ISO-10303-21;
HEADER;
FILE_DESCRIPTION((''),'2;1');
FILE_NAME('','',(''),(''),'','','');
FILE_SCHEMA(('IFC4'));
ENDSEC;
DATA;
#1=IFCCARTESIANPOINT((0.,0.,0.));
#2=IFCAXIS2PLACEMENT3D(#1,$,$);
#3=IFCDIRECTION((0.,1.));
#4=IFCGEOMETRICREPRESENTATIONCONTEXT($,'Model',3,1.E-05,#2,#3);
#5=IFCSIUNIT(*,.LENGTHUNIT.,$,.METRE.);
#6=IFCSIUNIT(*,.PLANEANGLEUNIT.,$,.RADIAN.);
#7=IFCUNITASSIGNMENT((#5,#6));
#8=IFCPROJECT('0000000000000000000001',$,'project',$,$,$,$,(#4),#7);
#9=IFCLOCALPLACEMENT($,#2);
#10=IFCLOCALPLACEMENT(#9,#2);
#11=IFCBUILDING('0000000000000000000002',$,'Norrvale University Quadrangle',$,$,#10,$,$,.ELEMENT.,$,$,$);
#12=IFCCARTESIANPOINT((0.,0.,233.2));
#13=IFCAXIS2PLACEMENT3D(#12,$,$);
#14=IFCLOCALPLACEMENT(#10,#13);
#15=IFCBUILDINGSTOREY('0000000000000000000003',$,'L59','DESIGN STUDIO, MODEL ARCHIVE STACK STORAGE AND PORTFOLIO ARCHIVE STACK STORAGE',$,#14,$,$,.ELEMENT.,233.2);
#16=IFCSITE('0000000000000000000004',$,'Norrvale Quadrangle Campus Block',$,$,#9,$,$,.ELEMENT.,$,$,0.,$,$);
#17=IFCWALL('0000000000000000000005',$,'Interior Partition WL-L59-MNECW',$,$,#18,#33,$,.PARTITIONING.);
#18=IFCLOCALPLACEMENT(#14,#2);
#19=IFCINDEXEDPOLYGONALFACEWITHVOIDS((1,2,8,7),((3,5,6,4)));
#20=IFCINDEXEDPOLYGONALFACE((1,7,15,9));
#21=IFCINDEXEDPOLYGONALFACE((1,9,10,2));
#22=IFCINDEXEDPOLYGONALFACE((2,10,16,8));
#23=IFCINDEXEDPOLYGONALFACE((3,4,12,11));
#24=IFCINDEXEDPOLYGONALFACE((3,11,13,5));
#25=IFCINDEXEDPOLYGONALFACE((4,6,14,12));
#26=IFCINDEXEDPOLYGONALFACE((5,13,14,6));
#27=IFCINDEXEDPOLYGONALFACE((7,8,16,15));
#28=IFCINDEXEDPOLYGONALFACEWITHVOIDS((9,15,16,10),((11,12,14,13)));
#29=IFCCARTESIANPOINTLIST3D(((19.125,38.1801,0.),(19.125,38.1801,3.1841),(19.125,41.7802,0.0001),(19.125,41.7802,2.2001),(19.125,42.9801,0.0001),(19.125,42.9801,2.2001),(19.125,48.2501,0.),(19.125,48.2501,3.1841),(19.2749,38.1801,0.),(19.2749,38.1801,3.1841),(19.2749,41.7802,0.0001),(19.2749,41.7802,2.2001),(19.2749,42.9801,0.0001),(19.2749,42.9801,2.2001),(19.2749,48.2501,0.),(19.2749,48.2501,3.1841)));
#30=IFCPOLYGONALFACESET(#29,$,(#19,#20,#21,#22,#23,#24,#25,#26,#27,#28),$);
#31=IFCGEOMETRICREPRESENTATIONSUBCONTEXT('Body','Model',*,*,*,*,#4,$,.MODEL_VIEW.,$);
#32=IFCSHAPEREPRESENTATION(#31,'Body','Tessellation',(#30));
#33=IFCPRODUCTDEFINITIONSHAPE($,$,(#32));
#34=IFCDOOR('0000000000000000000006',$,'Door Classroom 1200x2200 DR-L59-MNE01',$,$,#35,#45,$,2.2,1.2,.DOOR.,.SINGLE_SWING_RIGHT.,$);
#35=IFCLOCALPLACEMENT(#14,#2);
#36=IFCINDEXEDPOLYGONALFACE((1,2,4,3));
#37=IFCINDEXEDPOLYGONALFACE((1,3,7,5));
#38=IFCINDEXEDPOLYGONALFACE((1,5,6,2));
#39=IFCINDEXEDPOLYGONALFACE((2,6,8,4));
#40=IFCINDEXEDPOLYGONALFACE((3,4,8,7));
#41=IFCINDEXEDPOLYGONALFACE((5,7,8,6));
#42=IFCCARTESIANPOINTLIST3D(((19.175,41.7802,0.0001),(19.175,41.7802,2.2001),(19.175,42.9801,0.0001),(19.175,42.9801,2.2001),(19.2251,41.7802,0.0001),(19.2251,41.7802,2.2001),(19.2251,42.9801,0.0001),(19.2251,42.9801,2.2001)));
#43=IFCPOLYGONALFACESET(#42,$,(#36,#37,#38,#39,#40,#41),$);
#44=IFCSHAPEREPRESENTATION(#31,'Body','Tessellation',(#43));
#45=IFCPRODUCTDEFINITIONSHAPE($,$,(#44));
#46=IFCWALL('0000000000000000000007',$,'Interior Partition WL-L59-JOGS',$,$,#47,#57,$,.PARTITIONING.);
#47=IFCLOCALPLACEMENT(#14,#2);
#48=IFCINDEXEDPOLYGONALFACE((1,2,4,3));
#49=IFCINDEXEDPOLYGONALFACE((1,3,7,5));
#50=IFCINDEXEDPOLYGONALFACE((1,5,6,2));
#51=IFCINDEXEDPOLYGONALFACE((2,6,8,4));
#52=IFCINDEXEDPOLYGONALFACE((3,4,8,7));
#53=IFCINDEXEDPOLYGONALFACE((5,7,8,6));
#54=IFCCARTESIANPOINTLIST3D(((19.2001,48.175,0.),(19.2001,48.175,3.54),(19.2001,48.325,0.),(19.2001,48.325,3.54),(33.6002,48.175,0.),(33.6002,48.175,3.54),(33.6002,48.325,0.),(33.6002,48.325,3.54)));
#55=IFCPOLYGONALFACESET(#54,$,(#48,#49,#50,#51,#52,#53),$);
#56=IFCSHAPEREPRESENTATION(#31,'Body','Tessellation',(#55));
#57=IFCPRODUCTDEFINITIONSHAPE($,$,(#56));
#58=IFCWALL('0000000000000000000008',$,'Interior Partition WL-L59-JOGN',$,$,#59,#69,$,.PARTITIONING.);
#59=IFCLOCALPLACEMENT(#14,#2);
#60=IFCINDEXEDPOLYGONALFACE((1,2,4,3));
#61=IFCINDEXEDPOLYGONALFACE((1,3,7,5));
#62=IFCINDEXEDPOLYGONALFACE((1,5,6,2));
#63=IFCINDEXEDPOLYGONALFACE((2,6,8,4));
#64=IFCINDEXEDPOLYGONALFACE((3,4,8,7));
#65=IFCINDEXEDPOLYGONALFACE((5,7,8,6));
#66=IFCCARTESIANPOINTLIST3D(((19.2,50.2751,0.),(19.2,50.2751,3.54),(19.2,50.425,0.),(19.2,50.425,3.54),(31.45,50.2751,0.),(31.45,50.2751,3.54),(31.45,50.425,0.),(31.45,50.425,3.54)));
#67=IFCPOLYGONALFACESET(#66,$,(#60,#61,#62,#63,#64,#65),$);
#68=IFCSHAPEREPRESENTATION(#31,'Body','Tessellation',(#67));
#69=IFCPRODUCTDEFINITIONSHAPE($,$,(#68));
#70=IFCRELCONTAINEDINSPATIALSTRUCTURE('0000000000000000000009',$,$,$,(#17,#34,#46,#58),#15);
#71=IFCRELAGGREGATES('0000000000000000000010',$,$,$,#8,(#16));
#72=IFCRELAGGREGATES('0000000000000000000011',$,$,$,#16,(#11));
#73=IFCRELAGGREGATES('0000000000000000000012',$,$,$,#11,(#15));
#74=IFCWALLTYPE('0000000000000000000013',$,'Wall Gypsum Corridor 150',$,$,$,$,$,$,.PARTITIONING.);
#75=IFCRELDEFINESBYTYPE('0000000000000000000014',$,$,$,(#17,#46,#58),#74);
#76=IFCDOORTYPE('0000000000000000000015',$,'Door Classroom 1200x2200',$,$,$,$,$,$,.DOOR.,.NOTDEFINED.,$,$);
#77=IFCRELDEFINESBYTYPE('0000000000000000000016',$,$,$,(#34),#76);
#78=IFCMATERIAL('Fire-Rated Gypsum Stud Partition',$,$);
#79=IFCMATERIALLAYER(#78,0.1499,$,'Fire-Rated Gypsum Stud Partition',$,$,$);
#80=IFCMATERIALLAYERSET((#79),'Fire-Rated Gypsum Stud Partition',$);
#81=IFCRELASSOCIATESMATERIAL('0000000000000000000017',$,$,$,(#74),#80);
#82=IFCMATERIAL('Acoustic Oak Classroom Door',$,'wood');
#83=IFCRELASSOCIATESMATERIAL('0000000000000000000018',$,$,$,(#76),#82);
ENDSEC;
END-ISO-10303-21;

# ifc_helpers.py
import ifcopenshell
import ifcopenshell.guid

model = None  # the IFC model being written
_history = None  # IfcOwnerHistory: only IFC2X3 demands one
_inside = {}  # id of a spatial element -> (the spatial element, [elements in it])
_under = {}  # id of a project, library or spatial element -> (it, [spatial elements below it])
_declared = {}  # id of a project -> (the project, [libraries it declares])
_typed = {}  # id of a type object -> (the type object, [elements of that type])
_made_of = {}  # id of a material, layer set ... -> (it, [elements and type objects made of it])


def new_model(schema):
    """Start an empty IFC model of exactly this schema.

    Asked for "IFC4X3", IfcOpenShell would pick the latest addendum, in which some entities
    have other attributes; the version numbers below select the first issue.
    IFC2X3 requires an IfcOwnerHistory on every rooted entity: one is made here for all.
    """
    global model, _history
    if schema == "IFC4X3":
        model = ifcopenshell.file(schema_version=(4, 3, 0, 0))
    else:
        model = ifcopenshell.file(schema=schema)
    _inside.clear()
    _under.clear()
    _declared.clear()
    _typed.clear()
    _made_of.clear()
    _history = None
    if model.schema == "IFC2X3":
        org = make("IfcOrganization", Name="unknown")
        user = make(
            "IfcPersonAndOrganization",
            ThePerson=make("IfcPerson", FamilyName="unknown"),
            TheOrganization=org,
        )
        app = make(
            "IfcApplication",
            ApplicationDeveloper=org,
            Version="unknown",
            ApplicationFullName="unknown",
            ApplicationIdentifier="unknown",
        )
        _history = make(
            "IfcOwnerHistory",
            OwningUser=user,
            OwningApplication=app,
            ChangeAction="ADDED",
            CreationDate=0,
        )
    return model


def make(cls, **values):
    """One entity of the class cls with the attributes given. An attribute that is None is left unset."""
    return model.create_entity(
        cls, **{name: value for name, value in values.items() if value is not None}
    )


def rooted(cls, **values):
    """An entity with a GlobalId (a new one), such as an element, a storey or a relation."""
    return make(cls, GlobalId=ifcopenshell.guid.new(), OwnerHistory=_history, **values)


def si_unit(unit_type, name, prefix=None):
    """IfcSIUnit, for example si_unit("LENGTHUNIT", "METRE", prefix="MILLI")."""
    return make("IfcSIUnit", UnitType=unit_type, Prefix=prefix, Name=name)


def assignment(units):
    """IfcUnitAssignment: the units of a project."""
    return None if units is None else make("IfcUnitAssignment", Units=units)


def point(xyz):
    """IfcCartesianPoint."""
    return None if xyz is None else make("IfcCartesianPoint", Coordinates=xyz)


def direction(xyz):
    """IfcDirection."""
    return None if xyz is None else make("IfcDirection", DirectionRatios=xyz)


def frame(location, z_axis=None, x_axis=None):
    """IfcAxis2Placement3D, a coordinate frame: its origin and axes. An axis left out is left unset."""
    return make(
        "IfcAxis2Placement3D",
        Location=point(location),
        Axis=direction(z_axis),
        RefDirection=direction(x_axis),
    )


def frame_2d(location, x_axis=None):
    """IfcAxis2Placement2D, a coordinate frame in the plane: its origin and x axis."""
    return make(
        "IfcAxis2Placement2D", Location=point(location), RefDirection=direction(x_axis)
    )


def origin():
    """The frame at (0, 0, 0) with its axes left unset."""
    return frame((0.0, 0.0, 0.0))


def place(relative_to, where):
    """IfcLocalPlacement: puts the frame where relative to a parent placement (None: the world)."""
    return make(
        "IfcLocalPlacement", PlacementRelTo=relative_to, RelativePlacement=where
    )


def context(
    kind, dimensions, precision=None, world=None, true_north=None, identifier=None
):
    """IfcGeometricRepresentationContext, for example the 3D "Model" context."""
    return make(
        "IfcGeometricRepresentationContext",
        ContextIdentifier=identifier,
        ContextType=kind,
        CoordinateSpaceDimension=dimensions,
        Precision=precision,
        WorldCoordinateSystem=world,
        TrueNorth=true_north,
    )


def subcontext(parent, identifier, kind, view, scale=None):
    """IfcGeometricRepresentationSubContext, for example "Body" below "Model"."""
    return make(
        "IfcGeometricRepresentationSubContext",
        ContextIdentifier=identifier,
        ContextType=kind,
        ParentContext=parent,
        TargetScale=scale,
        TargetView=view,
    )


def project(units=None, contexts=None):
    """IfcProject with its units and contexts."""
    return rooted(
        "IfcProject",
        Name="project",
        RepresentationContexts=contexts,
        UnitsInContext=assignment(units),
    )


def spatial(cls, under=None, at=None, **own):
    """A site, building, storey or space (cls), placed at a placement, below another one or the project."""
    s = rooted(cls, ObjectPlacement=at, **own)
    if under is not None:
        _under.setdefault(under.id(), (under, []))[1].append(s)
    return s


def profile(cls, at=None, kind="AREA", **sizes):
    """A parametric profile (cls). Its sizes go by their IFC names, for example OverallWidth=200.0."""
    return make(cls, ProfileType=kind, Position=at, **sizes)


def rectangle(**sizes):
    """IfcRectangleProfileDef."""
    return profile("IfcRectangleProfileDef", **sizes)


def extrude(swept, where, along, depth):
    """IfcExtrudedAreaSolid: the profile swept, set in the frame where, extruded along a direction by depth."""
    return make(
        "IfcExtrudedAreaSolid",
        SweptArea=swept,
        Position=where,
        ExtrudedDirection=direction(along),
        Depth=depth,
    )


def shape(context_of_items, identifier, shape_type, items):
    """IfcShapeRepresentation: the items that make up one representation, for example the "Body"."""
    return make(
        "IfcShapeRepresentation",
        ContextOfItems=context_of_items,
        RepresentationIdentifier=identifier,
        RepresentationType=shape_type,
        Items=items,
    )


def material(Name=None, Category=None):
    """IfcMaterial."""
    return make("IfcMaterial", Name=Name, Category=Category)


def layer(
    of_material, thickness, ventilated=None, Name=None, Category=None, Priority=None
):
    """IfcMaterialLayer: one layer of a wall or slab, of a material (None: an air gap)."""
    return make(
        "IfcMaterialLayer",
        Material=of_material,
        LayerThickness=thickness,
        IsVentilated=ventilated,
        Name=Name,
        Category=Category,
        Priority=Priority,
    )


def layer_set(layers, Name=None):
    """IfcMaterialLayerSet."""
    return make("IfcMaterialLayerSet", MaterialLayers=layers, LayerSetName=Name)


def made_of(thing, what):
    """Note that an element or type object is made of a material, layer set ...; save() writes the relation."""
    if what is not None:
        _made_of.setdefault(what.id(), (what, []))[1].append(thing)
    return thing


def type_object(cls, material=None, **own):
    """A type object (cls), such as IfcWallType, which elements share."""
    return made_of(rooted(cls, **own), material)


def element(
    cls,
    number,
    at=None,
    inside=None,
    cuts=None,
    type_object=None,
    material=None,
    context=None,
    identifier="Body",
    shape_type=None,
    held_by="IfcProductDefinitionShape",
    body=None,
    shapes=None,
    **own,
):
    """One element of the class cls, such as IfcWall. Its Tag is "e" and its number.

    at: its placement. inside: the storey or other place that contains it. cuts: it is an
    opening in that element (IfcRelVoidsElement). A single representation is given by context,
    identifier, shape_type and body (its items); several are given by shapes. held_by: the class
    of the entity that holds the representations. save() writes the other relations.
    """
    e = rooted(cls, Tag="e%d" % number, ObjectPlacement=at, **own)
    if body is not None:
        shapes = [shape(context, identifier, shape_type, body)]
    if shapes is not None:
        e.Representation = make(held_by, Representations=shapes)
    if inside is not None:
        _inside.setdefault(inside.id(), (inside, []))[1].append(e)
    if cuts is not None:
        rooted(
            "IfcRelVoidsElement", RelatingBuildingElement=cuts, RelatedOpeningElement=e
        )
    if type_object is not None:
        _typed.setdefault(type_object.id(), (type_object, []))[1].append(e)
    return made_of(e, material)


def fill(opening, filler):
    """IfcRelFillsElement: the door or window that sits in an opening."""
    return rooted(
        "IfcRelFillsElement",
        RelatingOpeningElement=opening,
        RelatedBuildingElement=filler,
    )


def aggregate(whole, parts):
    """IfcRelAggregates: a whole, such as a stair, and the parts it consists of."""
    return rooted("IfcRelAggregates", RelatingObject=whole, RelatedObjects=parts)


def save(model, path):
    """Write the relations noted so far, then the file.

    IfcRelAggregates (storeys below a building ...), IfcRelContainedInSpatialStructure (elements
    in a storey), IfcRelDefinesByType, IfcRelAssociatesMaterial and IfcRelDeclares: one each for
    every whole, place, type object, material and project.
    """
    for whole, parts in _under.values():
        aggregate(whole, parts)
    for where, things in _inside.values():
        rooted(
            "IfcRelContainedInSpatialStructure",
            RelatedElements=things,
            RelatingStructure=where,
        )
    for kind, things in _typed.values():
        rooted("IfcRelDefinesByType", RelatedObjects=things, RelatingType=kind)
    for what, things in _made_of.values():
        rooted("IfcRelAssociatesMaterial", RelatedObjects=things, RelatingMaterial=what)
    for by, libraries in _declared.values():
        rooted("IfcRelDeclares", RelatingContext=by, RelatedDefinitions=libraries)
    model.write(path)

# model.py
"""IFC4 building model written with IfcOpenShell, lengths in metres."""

from ifc_helpers import new_model, si_unit, direction, frame, frame_2d, origin, place, context, subcontext, project, spatial, rectangle, extrude, material, layer, layer_set, type_object, element, fill, save


model = new_model("IFC4")

# Units and contexts
model_context = context("Model", 3, precision=1e-05, world=origin(), true_north=direction((0.0, 1.0)))
body_context = subcontext(model_context, "Body", "Model", "MODEL_VIEW")
ifc_project = project(units=[si_unit("LENGTHUNIT", "METRE"), si_unit("PLANEANGLEUNIT", "RADIAN")], contexts=[model_context])

# Site, building, storey
site_placement = place(None, origin())
site = spatial("IfcSite", under=ifc_project, at=site_placement, Name="Norrvale Quadrangle Campus Block", CompositionType="ELEMENT", RefElevation=0.0)
building_placement = place(site_placement, origin())
building = spatial("IfcBuilding", under=site, at=building_placement, Name="Norrvale University Quadrangle", CompositionType="ELEMENT")
storey_placement = place(building_placement, frame((0.0, 0.0, 233.2)))
storey = spatial("IfcBuildingStorey", under=building, at=storey_placement, Name="L59", Description="DESIGN STUDIO, MODEL ARCHIVE STACK STORAGE AND PORTFOLIO ARCHIVE STACK STORAGE", CompositionType="ELEMENT", Elevation=233.2)

# Shared definitions
ifc_material_1 = material(Name="Fire-Rated Gypsum Stud Partition")
ifc_layer_1 = layer(ifc_material_1, 0.1499, Name="Fire-Rated Gypsum Stud Partition")
ifc_layer_set_1 = layer_set([ifc_layer_1], Name="Fire-Rated Gypsum Stud Partition")
wall_type_1 = type_object("IfcWallType", Name="Wall Gypsum Corridor 150", PredefinedType="PARTITIONING", material=ifc_layer_set_1)

# Wall, opening, door
wall_1_placement = place(storey_placement, frame((19.2, 38.1799, 0.0), z_axis=(0.0, 0.0, 1.0), x_axis=(0.0, 1.0, 0.0)))
wall_1 = element("IfcWall", 1, at=wall_1_placement, inside=storey, type_object=wall_type_1, Name="Interior Partition WL-L59-MNECW", PredefinedType="PARTITIONING", context=body_context, shape_type="SweptSolid", body=[
    extrude(rectangle(XDim=10.0701, YDim=0.1499, at=frame_2d((5.0352, 0.0))), origin(), (0.0, 0.0, 1.0), 3.1841),
])
opening_placement = place(wall_1_placement, frame((3.6001, 0.0, 0.0)))
opening = element("IfcOpeningElement", 2, at=opening_placement, cuts=wall_1, PredefinedType="OPENING", context=body_context, shape_type="SweptSolid", body=[
    extrude(rectangle(XDim=1.2, YDim=2.2, at=frame_2d((0.6001, 1.1001))), frame((0.0, 0.0869, 0.0), z_axis=(0.0, -1.0, 0.0), x_axis=(1.0, 0.0, 0.0)), (0.0, 0.0, 1.0), 0.1738),
])
ifc_material_2 = material(Name="Acoustic Oak Classroom Door", Category="wood")
door_type = type_object("IfcDoorType", Name="Door Classroom 1200x2200", OperationType="NOTDEFINED", PredefinedType="DOOR", material=ifc_material_2)
door_placement = place(opening_placement, origin())
door = element("IfcDoor", 3, at=door_placement, inside=storey, type_object=door_type, Name="Door Classroom 1200x2200 DR-L59-MNE01", OperationType="SINGLE_SWING_RIGHT", OverallHeight=2.2, OverallWidth=1.2, PredefinedType="DOOR", context=body_context, shape_type="SweptSolid", body=[
    extrude(rectangle(XDim=1.2, YDim=2.2, at=frame_2d((0.6001, 1.1001))), frame((0.0, 0.0249, 0.0), z_axis=(0.0, -1.0, 0.0), x_axis=(1.0, 0.0, 0.0)), (0.0, 0.0, 1.0), 0.05),
])
fill(opening, door)

# Walls
wall_2_placement = place(storey_placement, frame((19.2, 48.25, 0.0), z_axis=(0.0, 0.0, 1.0), x_axis=(1.0, 0.0, 0.0)))
element("IfcWall", 4, at=wall_2_placement, inside=storey, type_object=wall_type_1, Name="Interior Partition WL-L59-JOGS", PredefinedType="PARTITIONING", context=body_context, shape_type="SweptSolid", body=[
    extrude(rectangle(XDim=14.4001, YDim=0.1499, at=frame_2d((7.2002, 0.0))), origin(), (0.0, 0.0, 1.0), 3.54),
])
wall_3_placement = place(storey_placement, frame((19.2, 50.3501, 0.0), z_axis=(0.0, 0.0, 1.0), x_axis=(1.0, 0.0, 0.0)))
element("IfcWall", 5, at=wall_3_placement, inside=storey, type_object=wall_type_1, Name="Interior Partition WL-L59-JOGN", PredefinedType="PARTITIONING", context=body_context, shape_type="SweptSolid", body=[
    extrude(rectangle(XDim=12.25, YDim=0.1499, at=frame_2d((6.125, 0.0))), origin(), (0.0, 0.0, 1.0), 3.54),
])

save(model, "model.ifc")
